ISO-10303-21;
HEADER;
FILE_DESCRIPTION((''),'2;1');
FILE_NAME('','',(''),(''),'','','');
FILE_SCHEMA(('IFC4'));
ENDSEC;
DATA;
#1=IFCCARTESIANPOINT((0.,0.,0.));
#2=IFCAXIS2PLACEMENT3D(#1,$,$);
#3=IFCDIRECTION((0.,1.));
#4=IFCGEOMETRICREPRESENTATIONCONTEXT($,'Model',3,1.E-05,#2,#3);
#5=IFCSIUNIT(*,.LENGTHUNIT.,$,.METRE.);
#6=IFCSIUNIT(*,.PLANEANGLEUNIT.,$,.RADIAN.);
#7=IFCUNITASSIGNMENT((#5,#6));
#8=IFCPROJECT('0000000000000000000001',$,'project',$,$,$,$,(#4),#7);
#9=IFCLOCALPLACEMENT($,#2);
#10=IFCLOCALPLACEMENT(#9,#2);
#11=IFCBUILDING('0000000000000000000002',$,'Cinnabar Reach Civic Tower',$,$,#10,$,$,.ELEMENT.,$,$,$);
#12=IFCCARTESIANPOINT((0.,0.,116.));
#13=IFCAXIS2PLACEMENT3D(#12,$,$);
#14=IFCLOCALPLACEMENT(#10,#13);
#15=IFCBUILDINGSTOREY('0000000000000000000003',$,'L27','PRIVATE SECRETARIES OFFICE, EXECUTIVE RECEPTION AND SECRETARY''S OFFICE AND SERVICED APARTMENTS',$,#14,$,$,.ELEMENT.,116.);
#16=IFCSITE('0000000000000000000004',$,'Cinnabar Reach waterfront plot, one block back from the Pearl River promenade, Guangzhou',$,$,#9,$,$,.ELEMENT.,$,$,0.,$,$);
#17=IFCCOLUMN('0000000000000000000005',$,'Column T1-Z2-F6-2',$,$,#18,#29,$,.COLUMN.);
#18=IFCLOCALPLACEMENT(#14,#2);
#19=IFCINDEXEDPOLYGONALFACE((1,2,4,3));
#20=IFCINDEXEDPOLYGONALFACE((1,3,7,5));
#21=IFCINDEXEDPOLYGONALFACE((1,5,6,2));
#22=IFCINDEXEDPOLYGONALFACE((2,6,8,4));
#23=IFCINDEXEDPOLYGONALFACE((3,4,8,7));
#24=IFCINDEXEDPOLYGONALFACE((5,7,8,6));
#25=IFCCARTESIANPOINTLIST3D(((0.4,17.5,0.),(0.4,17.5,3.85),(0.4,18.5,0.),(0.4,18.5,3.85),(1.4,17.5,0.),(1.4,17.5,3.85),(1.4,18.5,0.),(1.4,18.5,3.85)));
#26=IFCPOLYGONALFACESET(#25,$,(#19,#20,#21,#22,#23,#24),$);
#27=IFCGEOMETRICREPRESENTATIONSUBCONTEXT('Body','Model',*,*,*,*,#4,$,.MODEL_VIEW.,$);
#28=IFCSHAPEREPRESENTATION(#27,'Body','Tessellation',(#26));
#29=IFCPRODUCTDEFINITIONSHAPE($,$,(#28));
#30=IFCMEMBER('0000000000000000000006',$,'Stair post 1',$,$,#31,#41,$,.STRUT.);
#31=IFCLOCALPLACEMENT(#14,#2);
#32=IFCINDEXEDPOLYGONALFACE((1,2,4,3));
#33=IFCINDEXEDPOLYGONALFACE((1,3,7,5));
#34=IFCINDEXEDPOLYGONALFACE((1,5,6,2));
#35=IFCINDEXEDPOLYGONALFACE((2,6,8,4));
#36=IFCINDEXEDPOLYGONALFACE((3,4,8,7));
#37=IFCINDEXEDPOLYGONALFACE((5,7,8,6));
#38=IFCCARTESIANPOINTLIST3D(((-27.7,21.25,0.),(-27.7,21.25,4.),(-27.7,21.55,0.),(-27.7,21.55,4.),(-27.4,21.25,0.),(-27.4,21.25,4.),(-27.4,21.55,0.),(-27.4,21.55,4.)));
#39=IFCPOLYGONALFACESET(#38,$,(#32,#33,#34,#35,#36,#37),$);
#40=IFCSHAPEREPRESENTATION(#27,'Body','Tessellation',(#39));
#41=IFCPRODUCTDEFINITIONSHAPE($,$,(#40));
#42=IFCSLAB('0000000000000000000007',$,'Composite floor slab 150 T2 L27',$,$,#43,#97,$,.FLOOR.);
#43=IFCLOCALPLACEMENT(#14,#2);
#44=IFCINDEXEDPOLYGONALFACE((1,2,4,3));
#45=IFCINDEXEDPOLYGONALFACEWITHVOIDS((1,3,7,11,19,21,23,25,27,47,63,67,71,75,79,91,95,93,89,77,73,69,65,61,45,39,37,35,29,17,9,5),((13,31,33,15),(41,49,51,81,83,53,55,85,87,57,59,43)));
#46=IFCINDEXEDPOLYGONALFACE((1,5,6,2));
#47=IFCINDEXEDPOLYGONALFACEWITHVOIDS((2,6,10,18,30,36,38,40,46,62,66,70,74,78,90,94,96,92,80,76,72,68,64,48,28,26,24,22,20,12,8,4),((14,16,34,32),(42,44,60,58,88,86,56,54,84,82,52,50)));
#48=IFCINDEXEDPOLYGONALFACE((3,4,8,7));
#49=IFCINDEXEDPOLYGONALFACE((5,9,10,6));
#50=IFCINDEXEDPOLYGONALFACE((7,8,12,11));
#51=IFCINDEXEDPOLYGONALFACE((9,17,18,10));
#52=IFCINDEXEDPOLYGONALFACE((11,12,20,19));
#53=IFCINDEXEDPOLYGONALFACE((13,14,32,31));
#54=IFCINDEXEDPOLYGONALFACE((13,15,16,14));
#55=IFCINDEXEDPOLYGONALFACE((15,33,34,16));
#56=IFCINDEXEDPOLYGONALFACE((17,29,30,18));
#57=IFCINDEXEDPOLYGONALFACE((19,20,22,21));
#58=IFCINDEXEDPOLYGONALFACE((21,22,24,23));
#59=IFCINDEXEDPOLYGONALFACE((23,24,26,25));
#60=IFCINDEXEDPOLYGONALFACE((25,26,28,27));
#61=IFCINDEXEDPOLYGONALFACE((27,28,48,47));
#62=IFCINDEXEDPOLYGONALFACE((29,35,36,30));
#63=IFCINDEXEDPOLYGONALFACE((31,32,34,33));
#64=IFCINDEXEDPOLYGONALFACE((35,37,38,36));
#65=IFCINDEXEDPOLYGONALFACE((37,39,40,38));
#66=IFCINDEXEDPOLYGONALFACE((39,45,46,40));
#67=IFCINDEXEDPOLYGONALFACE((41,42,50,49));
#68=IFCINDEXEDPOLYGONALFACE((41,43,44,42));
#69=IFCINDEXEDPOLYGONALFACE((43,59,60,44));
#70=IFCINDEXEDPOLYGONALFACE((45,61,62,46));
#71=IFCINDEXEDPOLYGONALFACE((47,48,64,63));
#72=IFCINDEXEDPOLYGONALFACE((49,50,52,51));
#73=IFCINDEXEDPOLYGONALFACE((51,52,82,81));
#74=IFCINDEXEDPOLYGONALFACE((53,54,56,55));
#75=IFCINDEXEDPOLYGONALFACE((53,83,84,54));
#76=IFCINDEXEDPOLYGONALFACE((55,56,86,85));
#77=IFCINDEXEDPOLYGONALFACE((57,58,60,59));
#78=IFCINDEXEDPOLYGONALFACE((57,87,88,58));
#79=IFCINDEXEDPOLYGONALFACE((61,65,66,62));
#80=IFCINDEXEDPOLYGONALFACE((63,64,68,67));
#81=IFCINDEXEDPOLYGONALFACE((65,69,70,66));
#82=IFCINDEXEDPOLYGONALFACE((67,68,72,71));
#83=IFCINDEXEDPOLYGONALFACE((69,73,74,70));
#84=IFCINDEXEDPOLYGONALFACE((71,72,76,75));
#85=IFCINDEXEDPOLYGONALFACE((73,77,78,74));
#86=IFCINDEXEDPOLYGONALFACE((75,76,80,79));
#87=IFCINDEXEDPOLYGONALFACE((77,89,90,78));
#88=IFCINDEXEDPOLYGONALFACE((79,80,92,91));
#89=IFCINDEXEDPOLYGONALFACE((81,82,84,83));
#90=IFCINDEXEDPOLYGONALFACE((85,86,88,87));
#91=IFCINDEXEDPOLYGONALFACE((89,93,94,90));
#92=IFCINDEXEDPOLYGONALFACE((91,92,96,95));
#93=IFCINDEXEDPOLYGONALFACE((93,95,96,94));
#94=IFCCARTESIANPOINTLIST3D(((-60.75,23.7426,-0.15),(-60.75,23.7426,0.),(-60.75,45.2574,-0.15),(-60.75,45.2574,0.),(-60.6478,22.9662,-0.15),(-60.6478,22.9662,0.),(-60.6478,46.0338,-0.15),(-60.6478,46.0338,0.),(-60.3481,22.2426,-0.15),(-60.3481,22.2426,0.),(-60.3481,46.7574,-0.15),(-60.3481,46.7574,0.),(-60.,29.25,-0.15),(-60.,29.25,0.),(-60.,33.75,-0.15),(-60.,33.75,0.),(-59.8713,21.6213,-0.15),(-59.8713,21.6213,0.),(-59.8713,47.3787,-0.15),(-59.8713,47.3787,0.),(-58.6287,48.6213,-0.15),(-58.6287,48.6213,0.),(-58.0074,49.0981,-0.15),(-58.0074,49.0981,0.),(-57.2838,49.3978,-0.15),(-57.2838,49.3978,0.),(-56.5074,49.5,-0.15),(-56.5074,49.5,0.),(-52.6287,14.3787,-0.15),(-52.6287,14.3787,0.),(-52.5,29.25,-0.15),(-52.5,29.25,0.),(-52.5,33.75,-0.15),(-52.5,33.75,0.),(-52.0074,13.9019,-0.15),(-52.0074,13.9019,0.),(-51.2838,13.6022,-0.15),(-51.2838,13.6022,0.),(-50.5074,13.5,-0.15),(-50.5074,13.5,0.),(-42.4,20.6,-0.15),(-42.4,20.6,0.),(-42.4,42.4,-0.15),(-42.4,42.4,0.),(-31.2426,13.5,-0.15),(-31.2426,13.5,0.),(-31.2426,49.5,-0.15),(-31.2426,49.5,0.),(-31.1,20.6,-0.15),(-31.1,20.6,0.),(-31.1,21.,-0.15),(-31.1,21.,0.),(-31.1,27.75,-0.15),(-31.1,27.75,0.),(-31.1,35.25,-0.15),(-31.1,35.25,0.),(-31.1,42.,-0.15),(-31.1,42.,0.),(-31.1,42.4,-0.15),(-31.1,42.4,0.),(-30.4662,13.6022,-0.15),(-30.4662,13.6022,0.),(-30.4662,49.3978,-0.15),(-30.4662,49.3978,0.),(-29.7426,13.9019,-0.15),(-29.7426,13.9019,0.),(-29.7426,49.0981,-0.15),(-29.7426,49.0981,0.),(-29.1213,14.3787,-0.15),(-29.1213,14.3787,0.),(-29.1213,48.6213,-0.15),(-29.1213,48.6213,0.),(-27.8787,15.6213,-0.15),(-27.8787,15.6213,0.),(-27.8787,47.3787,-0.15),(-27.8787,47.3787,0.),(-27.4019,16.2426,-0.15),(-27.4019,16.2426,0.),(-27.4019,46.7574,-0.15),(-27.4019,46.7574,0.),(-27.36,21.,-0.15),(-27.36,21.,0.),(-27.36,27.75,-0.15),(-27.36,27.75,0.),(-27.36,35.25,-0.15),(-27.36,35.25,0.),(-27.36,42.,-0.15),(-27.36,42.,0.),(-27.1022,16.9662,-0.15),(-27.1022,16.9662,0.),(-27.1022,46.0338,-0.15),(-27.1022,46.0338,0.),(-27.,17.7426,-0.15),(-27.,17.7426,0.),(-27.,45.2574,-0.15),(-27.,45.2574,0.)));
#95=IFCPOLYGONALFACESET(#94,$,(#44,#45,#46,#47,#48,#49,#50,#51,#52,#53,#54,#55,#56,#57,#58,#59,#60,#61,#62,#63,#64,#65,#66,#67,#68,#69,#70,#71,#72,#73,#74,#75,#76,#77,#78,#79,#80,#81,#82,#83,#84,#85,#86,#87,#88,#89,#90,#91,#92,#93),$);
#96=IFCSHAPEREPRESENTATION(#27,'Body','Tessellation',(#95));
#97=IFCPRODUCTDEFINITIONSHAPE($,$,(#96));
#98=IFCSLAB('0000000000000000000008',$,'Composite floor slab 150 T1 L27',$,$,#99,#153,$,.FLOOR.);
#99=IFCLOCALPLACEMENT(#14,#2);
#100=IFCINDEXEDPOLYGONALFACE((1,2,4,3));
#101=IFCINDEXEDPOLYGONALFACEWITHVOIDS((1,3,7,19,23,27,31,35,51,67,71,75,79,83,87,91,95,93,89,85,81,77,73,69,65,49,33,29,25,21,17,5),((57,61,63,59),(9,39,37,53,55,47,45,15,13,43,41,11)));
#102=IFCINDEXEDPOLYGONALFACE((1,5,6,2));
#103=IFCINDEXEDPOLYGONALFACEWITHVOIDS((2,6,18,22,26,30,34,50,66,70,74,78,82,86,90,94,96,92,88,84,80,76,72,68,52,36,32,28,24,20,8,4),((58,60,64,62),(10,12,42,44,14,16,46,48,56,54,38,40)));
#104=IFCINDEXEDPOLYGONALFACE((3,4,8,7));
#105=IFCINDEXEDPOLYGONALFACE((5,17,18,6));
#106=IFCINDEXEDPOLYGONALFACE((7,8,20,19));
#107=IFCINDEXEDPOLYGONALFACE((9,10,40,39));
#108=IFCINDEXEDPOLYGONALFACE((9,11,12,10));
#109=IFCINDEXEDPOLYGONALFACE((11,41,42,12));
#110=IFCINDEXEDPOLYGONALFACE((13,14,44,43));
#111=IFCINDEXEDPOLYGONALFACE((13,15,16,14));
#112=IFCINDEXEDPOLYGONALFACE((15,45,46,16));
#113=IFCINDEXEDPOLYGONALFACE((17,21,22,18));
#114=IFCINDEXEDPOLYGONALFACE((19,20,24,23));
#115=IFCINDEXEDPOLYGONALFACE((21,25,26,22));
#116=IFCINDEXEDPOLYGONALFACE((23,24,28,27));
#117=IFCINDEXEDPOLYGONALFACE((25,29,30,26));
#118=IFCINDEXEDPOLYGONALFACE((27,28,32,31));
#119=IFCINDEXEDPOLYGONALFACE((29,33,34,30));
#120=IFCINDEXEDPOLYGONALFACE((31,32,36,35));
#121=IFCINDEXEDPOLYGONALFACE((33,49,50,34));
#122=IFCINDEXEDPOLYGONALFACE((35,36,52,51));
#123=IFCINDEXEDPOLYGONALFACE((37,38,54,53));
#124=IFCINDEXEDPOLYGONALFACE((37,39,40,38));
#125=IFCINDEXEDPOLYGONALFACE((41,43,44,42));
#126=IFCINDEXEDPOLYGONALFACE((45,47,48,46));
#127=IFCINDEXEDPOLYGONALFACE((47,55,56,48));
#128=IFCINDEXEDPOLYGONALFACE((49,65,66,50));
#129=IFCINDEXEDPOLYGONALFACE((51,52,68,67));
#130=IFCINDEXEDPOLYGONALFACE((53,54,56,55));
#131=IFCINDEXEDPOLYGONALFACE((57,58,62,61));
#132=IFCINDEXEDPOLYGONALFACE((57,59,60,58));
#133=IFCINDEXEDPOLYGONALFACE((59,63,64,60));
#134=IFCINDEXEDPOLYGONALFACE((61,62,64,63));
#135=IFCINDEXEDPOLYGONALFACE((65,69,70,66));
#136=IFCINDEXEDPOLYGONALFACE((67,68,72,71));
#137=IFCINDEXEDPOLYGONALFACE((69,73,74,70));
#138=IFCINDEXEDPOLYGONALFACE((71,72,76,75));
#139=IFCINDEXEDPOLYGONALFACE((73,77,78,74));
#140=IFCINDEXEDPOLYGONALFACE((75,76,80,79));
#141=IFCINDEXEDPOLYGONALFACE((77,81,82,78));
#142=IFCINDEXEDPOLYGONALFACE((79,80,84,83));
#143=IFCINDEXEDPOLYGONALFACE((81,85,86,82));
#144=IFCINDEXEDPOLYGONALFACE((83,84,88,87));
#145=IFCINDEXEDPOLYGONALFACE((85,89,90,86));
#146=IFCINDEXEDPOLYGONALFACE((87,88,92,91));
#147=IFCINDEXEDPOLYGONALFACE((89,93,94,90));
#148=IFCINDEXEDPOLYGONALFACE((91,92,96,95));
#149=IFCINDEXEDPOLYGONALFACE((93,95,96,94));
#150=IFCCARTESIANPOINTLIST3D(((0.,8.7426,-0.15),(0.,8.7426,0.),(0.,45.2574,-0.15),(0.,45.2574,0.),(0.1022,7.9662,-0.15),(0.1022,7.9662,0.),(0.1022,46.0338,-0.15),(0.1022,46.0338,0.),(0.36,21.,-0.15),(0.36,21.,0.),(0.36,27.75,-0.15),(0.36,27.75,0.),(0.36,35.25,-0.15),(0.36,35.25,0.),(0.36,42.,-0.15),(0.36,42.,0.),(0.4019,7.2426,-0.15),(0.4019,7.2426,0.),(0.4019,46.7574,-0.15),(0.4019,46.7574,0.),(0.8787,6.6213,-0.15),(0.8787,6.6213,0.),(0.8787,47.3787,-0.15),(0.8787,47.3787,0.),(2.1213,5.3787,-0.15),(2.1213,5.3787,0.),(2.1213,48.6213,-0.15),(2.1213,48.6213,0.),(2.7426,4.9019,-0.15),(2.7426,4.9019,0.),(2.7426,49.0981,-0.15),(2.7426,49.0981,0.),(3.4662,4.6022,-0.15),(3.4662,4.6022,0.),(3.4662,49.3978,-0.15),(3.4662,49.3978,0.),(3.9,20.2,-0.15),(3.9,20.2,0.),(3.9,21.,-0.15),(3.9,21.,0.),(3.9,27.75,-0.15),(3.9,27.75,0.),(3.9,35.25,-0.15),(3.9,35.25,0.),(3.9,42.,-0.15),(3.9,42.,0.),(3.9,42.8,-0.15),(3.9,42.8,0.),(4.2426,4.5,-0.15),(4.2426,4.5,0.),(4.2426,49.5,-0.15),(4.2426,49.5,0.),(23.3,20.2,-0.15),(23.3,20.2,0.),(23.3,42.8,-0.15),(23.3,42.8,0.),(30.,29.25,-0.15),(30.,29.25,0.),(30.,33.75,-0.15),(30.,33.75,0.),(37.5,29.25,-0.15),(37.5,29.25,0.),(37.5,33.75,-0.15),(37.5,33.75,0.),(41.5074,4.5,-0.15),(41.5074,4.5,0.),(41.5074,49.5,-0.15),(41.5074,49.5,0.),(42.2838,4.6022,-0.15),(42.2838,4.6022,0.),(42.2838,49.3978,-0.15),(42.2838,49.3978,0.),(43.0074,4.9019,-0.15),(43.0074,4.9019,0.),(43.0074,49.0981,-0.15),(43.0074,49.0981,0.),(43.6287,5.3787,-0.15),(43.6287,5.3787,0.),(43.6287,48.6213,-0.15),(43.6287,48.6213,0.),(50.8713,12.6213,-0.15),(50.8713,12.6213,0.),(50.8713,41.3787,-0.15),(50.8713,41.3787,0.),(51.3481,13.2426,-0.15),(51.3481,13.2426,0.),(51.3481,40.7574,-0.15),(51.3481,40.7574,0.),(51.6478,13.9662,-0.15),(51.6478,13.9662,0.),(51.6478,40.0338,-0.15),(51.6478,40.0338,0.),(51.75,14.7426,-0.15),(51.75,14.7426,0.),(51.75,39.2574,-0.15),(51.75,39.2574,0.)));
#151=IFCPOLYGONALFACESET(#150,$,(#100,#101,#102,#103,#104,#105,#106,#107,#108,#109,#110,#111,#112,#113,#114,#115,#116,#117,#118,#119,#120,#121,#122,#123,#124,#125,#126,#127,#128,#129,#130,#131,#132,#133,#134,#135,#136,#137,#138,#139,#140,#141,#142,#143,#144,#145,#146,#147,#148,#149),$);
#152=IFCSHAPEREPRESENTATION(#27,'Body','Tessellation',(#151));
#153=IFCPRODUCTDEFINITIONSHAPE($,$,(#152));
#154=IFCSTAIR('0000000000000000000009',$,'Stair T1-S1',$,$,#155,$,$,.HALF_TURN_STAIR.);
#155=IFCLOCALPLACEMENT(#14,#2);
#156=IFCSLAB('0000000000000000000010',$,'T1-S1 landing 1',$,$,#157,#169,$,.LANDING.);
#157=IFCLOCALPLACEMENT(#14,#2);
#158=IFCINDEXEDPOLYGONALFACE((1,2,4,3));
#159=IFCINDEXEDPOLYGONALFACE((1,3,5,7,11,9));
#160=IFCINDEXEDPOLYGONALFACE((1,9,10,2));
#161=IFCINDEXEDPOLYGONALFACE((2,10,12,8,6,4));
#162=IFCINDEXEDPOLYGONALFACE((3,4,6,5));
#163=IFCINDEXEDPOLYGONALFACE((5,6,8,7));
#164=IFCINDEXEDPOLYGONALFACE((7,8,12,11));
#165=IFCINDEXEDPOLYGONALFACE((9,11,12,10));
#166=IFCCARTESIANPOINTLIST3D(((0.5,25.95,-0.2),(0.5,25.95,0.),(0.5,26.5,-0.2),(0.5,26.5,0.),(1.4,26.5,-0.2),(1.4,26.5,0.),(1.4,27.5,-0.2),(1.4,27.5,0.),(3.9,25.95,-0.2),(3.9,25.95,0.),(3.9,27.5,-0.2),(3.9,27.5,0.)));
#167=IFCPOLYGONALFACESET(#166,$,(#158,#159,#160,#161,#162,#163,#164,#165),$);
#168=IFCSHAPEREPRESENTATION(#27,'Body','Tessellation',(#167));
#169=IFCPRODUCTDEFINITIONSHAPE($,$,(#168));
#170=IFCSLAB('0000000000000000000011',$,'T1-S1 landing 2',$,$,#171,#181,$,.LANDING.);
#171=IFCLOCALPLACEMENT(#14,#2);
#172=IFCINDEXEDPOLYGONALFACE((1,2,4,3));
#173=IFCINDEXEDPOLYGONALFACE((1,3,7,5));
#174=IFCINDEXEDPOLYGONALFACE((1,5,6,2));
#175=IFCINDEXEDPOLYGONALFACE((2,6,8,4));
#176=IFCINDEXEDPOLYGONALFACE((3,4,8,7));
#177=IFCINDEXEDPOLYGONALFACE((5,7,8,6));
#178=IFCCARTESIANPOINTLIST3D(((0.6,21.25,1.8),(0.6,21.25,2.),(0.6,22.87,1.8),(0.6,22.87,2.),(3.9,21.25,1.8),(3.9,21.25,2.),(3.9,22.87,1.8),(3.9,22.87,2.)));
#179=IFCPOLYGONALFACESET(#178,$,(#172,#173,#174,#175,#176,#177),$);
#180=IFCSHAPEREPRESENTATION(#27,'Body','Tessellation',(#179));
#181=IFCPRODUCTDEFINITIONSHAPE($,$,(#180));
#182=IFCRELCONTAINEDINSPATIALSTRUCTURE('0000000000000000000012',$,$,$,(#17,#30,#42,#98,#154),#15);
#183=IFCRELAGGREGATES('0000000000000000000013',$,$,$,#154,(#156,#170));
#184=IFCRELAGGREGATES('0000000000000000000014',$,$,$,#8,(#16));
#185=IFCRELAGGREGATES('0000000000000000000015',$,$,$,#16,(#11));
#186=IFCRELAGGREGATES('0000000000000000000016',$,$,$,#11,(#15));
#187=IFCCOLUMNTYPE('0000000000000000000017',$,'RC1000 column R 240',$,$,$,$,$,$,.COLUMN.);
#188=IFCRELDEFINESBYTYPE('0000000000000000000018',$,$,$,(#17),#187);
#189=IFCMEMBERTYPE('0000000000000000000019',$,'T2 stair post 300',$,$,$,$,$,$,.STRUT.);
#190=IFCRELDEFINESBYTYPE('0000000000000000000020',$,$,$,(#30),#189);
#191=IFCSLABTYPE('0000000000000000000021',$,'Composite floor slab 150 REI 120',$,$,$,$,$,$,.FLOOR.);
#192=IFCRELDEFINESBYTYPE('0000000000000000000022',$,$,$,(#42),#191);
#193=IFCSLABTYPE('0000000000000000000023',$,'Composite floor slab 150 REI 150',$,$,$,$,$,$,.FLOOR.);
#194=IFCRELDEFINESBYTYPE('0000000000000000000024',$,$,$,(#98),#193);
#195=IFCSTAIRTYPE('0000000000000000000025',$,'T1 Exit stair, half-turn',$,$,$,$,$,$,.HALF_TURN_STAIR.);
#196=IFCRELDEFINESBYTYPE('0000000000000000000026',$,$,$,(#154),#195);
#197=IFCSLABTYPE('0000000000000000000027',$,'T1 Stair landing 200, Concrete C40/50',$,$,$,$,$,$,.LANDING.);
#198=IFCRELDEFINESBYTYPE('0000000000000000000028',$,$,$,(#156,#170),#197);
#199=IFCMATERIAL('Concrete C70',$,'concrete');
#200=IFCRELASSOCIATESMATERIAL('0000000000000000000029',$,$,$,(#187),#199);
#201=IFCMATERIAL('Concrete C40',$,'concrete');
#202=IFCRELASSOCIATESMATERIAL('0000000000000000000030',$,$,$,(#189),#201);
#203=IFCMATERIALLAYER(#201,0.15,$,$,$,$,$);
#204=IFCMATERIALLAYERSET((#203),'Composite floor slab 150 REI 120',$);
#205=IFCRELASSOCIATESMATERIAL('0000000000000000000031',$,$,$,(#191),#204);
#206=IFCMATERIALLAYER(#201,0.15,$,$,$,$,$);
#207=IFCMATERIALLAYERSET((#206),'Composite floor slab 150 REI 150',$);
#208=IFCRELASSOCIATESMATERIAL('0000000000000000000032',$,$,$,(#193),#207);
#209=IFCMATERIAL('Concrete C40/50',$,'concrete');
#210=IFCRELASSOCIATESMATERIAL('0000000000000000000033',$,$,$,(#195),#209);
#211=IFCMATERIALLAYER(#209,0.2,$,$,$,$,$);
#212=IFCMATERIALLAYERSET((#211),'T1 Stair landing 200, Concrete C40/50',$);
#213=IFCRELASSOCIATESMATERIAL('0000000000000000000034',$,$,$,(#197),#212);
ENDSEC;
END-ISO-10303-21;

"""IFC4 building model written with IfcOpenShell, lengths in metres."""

from ifc_helpers import new_model, si_unit, direction, frame, origin, origin_2d, place, context, subcontext, project, spatial, polyline, rectangle, outline, extrude, material, layer, layer_set, material_profile, profile_set, type_object, element, aggregate, save


model = new_model("IFC4")

# Units and contexts
model_context = context("Model", 3, precision=1e-05, world=origin(), true_north=direction((0.0, 1.0)))
body_context = subcontext(model_context, "Body", "Model", "MODEL_VIEW")
ifc_project = project(units=[si_unit("LENGTHUNIT", "METRE"), si_unit("PLANEANGLEUNIT", "RADIAN")], contexts=[model_context])

# Site, building, storey
site_placement = place(None, origin())
site = spatial("IfcSite", under=ifc_project, at=site_placement, Name="Cinnabar Reach waterfront plot, one block back from the Pearl River promenade, Guangzhou", CompositionType="ELEMENT", RefElevation=0.0)
building_placement = place(site_placement, origin())
building = spatial("IfcBuilding", under=site, at=building_placement, Name="Cinnabar Reach Civic Tower", CompositionType="ELEMENT")
storey_placement = place(building_placement, frame((0.0, 0.0, 116.0)))
storey = spatial("IfcBuildingStorey", under=building, at=storey_placement, Name="L27", Description="PRIVATE SECRETARIES OFFICE, EXECUTIVE RECEPTION AND SECRETARY'S OFFICE AND SERVICED APARTMENTS", CompositionType="ELEMENT", Elevation=116.0)

# Column
ifc_material_1 = material(Name="Concrete C70", Category="concrete")
ifc_material_profile_1 = material_profile(ifc_material_1, rectangle(XDim=1.0, YDim=1.0, at=origin_2d()), Name="RC1000")
ifc_profile_set_1 = profile_set([ifc_material_profile_1], Name="Concrete C70")
column_type = type_object("IfcColumnType", Name="RC1000 column R 240", PredefinedType="COLUMN", material=ifc_profile_set_1)
column_placement = place(storey_placement, frame((0.9, 18.0, 0.0), z_axis=(0.0, 0.0, 1.0), x_axis=(1.0, 0.0, 0.0)))
element("IfcColumn", 1, at=column_placement, inside=storey, type_object=column_type, Name="Column T1-Z2-F6-2", PredefinedType="COLUMN", context=body_context, shape_type="SweptSolid", body=[
    extrude(rectangle(XDim=1.0, YDim=1.0, at=origin_2d()), origin(), (0.0, 0.0, 1.0), 3.85),
])

# Member
ifc_material_2 = material(Name="Concrete C40", Category="concrete")
ifc_material_profile_2 = material_profile(ifc_material_2, rectangle(XDim=0.3, YDim=0.3, at=origin_2d()), Name="C300")
ifc_profile_set_2 = profile_set([ifc_material_profile_2], Name="Concrete C40")
member_type = type_object("IfcMemberType", Name="T2 stair post 300", PredefinedType="STRUT", material=ifc_profile_set_2)
member_placement = place(storey_placement, frame((-27.55, 21.4, 0.0), z_axis=(0.0, 0.0, 1.0), x_axis=(1.0, 0.0, 0.0)))
element("IfcMember", 2, at=member_placement, inside=storey, type_object=member_type, Name="Stair post 1", PredefinedType="STRUT", context=body_context, shape_type="SweptSolid", body=[
    extrude(rectangle(XDim=0.3, YDim=0.3, at=origin_2d()), origin(), (0.0, 0.0, 1.0), 4.0),
])

# Slabs
ifc_layer_1 = layer(ifc_material_2, 0.15)
ifc_layer_set_1 = layer_set([ifc_layer_1], Name="Composite floor slab 150 REI 120")
slab_type_1 = type_object("IfcSlabType", Name="Composite floor slab 150 REI 120", PredefinedType="FLOOR", material=ifc_layer_set_1)
slab_1_placement = place(storey_placement, frame((0.0, 0.0, -0.15)))
element("IfcSlab", 3, at=slab_1_placement, inside=storey, type_object=slab_type_1, Name="Composite floor slab 150 T2 L27", PredefinedType="FLOOR", context=body_context, shape_type="SweptSolid", body=[
    extrude(outline(polyline([(-59.8713, 21.6213), (-60.3481, 22.2426), (-60.6478, 22.9662), (-60.75, 23.7426), (-60.75, 45.2574), (-60.6478, 46.0338), (-60.3481, 46.7574), (-59.8713, 47.3787), (-58.6287, 48.6213), (-58.0074, 49.0981), (-57.2838, 49.3978), (-56.5074, 49.5), (-31.2426, 49.5), (-30.4662, 49.3978), (-29.7426, 49.0981), (-29.1213, 48.6213), (-27.8787, 47.3787), (-27.4019, 46.7574), (-27.1022, 46.0338), (-27.0, 45.2574), (-27.0, 17.7426), (-27.1022, 16.9662), (-27.4019, 16.2426), (-27.8787, 15.6213), (-29.1213, 14.3787), (-29.7426, 13.9019), (-30.4662, 13.6022), (-31.2426, 13.5), (-50.5074, 13.5), (-51.2838, 13.6022), (-52.0074, 13.9019), (-52.6287, 14.3787), (-59.8713, 21.6213)]), holes=[polyline([(-31.1, 27.75), (-31.1, 35.25), (-27.36, 35.25), (-27.36, 42.0), (-31.1, 42.0), (-31.1, 42.4), (-42.4, 42.4), (-42.4, 20.6), (-31.1, 20.6), (-31.1, 21.0), (-27.36, 21.0), (-27.36, 27.75), (-31.1, 27.75)]), polyline([(-60.0, 33.75), (-60.0, 29.25), (-52.5, 29.25), (-52.5, 33.75), (-60.0, 33.75)])]), origin(), (0.0, 0.0, 1.0), 0.15),
])
ifc_layer_2 = layer(ifc_material_2, 0.15)
ifc_layer_set_2 = layer_set([ifc_layer_2], Name="Composite floor slab 150 REI 150")
slab_type_2 = type_object("IfcSlabType", Name="Composite floor slab 150 REI 150", PredefinedType="FLOOR", material=ifc_layer_set_2)
slab_2_placement = place(storey_placement, frame((0.0, 0.0, -0.15)))
element("IfcSlab", 4, at=slab_2_placement, inside=storey, type_object=slab_type_2, Name="Composite floor slab 150 T1 L27", PredefinedType="FLOOR", context=body_context, shape_type="SweptSolid", body=[
    extrude(outline(polyline([(0.8787, 6.6213), (0.4019, 7.2426), (0.1022, 7.9662), (0.0, 8.7426), (0.0, 45.2574), (0.1022, 46.0338), (0.4019, 46.7574), (0.8787, 47.3787), (2.1213, 48.6213), (2.7426, 49.0981), (3.4662, 49.3978), (4.2426, 49.5), (41.5074, 49.5), (42.2838, 49.3978), (43.0074, 49.0981), (43.6287, 48.6213), (50.8713, 41.3787), (51.3481, 40.7574), (51.6478, 40.0338), (51.75, 39.2574), (51.75, 14.7426), (51.6478, 13.9662), (51.3481, 13.2426), (50.8713, 12.6213), (43.6287, 5.3787), (43.0074, 4.9019), (42.2838, 4.6022), (41.5074, 4.5), (4.2426, 4.5), (3.4662, 4.6022), (2.7426, 4.9019), (2.1213, 5.3787), (0.8787, 6.6213)]), holes=[polyline([(0.36, 21.0), (3.9, 21.0), (3.9, 20.2), (23.3, 20.2), (23.3, 42.8), (3.9, 42.8), (3.9, 42.0), (0.36, 42.0), (0.36, 35.25), (3.9, 35.25), (3.9, 27.75), (0.36, 27.75), (0.36, 21.0)]), polyline([(30.0, 33.75), (30.0, 29.25), (37.5, 29.25), (37.5, 33.75), (30.0, 33.75)])]), origin(), (0.0, 0.0, 1.0), 0.15),
])

# Stair, slabs
ifc_material_3 = material(Name="Concrete C40/50", Category="concrete")
stair_type_1 = type_object("IfcStairType", Name="T1 Exit stair, half-turn", PredefinedType="HALF_TURN_STAIR", material=ifc_material_3)
stair_1_placement = place(storey_placement, origin())
stair_1 = element("IfcStair", 5, at=stair_1_placement, inside=storey, type_object=stair_type_1, Name="Stair T1-S1", PredefinedType="HALF_TURN_STAIR")
ifc_layer_3 = layer(ifc_material_3, 0.2)
ifc_layer_set_3 = layer_set([ifc_layer_3], Name="T1 Stair landing 200, Concrete C40/50")
slab_type_3 = type_object("IfcSlabType", Name="T1 Stair landing 200, Concrete C40/50", PredefinedType="LANDING", material=ifc_layer_set_3)
slab_3_placement = place(storey_placement, frame((0.0, 0.0, -0.2)))
slab_3 = element("IfcSlab", 6, at=slab_3_placement, type_object=slab_type_3, Name="T1-S1 landing 1", PredefinedType="LANDING", context=body_context, shape_type="SweptSolid", body=[
    extrude(outline(polyline([(3.9, 27.5), (3.9, 25.95), (0.5, 25.95), (0.5, 26.5), (1.4, 26.5), (1.4, 27.5), (3.9, 27.5)])), origin(), (0.0, 0.0, 1.0), 0.2),
])
slab_4_placement = place(storey_placement, frame((0.0, 0.0, 1.8)))
slab_4 = element("IfcSlab", 7, at=slab_4_placement, type_object=slab_type_3, Name="T1-S1 landing 2", PredefinedType="LANDING", context=body_context, shape_type="SweptSolid", body=[
    extrude(outline(polyline([(0.6, 21.25), (0.6, 22.87), (3.9, 22.87), (3.9, 21.25), (0.6, 21.25)])), origin(), (0.0, 0.0, 1.0), 0.2),
])

aggregate(stair_1, [slab_3, slab_4])

save(model, "model.ifc")
